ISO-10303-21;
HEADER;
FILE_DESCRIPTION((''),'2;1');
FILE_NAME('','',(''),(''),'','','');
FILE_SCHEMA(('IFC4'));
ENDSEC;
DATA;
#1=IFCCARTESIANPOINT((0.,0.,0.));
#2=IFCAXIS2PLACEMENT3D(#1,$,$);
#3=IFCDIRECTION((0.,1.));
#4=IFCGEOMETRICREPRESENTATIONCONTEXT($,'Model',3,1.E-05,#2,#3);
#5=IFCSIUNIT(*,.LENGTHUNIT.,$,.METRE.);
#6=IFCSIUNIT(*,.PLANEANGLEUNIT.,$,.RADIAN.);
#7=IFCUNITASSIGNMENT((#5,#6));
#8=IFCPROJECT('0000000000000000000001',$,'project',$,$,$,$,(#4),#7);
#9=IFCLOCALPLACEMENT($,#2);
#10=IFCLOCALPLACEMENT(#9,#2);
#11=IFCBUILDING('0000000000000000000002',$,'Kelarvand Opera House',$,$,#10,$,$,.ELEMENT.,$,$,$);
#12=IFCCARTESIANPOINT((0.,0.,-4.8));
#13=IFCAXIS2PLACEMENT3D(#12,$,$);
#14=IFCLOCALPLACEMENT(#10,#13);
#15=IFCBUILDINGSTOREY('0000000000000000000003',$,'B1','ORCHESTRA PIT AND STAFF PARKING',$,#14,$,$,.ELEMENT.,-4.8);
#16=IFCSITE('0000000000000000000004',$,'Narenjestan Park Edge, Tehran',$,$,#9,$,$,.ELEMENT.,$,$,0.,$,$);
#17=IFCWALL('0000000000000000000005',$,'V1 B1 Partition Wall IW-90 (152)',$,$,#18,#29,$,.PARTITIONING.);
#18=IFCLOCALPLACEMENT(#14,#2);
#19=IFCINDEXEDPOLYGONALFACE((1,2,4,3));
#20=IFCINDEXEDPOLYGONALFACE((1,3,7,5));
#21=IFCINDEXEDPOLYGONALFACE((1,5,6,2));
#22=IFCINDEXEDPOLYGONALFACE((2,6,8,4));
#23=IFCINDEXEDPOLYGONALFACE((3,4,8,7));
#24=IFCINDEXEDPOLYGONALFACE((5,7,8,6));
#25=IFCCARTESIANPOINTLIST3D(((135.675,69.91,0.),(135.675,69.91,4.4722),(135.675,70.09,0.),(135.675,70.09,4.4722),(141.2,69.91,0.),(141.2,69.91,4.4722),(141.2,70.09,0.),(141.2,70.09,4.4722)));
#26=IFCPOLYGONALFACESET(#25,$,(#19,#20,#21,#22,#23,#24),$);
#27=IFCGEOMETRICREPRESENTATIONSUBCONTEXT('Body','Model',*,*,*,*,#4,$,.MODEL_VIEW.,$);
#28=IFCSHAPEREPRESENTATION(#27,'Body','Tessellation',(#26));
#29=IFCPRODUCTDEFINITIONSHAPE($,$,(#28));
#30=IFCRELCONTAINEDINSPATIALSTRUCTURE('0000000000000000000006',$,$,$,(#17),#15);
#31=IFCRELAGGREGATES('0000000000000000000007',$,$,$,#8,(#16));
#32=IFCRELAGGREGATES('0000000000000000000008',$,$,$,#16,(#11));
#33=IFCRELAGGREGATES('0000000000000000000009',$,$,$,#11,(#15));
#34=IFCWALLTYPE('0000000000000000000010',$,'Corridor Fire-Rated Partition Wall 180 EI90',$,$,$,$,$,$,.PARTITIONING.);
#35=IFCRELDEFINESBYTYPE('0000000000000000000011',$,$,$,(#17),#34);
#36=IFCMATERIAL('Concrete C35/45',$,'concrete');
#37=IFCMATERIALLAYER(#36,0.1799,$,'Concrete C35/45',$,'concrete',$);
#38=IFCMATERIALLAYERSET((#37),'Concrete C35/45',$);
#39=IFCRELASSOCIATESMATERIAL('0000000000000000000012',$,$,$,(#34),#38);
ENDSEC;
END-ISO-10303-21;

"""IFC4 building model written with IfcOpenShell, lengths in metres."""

from ifc_helpers import new_model, si_unit, direction, frame, frame_2d, origin, place, context, subcontext, project, spatial, rectangle, extrude, material, layer, layer_set, type_object, element, save


model = new_model("IFC4")

# Units and contexts
model_context = context("Model", 3, precision=1e-05, world=origin(), true_north=direction((0.0, 1.0)))
body_context = subcontext(model_context, "Body", "Model", "MODEL_VIEW")
ifc_project = project(units=[si_unit("LENGTHUNIT", "METRE"), si_unit("PLANEANGLEUNIT", "RADIAN")], contexts=[model_context])

# Site, building, storey
site_placement = place(None, origin())
site = spatial("IfcSite", under=ifc_project, at=site_placement, Name="Narenjestan Park Edge, Tehran", CompositionType="ELEMENT", RefElevation=0.0)
building_placement = place(site_placement, origin())
building = spatial("IfcBuilding", under=site, at=building_placement, Name="Kelarvand Opera House", CompositionType="ELEMENT")
storey_placement = place(building_placement, frame((0.0, 0.0, -4.8)))
storey = spatial("IfcBuildingStorey", under=building, at=storey_placement, Name="B1", Description="ORCHESTRA PIT AND STAFF PARKING", CompositionType="ELEMENT", Elevation=-4.8)

# Shared definitions
ifc_material_1 = material(Name="Concrete C35/45", Category="concrete")

# Shared definitions
ifc_layer_1 = layer(ifc_material_1, 0.1799, Name="Concrete C35/45", Category="concrete")
ifc_layer_set_1 = layer_set([ifc_layer_1], Name="Concrete C35/45")
wall_type_1 = type_object("IfcWallType", Name="Corridor Fire-Rated Partition Wall 180 EI90", PredefinedType="PARTITIONING", material=ifc_layer_set_1)

# Wall
wall_1_placement = place(storey_placement, frame((135.675, 70.0, 0.0), z_axis=(0.0, 0.0, 1.0), x_axis=(1.0, 0.0, 0.0)))
element("IfcWall", 1, at=wall_1_placement, inside=storey, type_object=wall_type_1, Name="V1 B1 Partition Wall IW-90 (152)", PredefinedType="PARTITIONING", context=body_context, shape_type="SweptSolid", body=[
    extrude(rectangle(XDim=5.5249, YDim=0.1799, at=frame_2d((2.7625, 0.0))), origin(), (0.0, 0.0, 1.0), 4.4722),
])

save(model, "model.ifc")
